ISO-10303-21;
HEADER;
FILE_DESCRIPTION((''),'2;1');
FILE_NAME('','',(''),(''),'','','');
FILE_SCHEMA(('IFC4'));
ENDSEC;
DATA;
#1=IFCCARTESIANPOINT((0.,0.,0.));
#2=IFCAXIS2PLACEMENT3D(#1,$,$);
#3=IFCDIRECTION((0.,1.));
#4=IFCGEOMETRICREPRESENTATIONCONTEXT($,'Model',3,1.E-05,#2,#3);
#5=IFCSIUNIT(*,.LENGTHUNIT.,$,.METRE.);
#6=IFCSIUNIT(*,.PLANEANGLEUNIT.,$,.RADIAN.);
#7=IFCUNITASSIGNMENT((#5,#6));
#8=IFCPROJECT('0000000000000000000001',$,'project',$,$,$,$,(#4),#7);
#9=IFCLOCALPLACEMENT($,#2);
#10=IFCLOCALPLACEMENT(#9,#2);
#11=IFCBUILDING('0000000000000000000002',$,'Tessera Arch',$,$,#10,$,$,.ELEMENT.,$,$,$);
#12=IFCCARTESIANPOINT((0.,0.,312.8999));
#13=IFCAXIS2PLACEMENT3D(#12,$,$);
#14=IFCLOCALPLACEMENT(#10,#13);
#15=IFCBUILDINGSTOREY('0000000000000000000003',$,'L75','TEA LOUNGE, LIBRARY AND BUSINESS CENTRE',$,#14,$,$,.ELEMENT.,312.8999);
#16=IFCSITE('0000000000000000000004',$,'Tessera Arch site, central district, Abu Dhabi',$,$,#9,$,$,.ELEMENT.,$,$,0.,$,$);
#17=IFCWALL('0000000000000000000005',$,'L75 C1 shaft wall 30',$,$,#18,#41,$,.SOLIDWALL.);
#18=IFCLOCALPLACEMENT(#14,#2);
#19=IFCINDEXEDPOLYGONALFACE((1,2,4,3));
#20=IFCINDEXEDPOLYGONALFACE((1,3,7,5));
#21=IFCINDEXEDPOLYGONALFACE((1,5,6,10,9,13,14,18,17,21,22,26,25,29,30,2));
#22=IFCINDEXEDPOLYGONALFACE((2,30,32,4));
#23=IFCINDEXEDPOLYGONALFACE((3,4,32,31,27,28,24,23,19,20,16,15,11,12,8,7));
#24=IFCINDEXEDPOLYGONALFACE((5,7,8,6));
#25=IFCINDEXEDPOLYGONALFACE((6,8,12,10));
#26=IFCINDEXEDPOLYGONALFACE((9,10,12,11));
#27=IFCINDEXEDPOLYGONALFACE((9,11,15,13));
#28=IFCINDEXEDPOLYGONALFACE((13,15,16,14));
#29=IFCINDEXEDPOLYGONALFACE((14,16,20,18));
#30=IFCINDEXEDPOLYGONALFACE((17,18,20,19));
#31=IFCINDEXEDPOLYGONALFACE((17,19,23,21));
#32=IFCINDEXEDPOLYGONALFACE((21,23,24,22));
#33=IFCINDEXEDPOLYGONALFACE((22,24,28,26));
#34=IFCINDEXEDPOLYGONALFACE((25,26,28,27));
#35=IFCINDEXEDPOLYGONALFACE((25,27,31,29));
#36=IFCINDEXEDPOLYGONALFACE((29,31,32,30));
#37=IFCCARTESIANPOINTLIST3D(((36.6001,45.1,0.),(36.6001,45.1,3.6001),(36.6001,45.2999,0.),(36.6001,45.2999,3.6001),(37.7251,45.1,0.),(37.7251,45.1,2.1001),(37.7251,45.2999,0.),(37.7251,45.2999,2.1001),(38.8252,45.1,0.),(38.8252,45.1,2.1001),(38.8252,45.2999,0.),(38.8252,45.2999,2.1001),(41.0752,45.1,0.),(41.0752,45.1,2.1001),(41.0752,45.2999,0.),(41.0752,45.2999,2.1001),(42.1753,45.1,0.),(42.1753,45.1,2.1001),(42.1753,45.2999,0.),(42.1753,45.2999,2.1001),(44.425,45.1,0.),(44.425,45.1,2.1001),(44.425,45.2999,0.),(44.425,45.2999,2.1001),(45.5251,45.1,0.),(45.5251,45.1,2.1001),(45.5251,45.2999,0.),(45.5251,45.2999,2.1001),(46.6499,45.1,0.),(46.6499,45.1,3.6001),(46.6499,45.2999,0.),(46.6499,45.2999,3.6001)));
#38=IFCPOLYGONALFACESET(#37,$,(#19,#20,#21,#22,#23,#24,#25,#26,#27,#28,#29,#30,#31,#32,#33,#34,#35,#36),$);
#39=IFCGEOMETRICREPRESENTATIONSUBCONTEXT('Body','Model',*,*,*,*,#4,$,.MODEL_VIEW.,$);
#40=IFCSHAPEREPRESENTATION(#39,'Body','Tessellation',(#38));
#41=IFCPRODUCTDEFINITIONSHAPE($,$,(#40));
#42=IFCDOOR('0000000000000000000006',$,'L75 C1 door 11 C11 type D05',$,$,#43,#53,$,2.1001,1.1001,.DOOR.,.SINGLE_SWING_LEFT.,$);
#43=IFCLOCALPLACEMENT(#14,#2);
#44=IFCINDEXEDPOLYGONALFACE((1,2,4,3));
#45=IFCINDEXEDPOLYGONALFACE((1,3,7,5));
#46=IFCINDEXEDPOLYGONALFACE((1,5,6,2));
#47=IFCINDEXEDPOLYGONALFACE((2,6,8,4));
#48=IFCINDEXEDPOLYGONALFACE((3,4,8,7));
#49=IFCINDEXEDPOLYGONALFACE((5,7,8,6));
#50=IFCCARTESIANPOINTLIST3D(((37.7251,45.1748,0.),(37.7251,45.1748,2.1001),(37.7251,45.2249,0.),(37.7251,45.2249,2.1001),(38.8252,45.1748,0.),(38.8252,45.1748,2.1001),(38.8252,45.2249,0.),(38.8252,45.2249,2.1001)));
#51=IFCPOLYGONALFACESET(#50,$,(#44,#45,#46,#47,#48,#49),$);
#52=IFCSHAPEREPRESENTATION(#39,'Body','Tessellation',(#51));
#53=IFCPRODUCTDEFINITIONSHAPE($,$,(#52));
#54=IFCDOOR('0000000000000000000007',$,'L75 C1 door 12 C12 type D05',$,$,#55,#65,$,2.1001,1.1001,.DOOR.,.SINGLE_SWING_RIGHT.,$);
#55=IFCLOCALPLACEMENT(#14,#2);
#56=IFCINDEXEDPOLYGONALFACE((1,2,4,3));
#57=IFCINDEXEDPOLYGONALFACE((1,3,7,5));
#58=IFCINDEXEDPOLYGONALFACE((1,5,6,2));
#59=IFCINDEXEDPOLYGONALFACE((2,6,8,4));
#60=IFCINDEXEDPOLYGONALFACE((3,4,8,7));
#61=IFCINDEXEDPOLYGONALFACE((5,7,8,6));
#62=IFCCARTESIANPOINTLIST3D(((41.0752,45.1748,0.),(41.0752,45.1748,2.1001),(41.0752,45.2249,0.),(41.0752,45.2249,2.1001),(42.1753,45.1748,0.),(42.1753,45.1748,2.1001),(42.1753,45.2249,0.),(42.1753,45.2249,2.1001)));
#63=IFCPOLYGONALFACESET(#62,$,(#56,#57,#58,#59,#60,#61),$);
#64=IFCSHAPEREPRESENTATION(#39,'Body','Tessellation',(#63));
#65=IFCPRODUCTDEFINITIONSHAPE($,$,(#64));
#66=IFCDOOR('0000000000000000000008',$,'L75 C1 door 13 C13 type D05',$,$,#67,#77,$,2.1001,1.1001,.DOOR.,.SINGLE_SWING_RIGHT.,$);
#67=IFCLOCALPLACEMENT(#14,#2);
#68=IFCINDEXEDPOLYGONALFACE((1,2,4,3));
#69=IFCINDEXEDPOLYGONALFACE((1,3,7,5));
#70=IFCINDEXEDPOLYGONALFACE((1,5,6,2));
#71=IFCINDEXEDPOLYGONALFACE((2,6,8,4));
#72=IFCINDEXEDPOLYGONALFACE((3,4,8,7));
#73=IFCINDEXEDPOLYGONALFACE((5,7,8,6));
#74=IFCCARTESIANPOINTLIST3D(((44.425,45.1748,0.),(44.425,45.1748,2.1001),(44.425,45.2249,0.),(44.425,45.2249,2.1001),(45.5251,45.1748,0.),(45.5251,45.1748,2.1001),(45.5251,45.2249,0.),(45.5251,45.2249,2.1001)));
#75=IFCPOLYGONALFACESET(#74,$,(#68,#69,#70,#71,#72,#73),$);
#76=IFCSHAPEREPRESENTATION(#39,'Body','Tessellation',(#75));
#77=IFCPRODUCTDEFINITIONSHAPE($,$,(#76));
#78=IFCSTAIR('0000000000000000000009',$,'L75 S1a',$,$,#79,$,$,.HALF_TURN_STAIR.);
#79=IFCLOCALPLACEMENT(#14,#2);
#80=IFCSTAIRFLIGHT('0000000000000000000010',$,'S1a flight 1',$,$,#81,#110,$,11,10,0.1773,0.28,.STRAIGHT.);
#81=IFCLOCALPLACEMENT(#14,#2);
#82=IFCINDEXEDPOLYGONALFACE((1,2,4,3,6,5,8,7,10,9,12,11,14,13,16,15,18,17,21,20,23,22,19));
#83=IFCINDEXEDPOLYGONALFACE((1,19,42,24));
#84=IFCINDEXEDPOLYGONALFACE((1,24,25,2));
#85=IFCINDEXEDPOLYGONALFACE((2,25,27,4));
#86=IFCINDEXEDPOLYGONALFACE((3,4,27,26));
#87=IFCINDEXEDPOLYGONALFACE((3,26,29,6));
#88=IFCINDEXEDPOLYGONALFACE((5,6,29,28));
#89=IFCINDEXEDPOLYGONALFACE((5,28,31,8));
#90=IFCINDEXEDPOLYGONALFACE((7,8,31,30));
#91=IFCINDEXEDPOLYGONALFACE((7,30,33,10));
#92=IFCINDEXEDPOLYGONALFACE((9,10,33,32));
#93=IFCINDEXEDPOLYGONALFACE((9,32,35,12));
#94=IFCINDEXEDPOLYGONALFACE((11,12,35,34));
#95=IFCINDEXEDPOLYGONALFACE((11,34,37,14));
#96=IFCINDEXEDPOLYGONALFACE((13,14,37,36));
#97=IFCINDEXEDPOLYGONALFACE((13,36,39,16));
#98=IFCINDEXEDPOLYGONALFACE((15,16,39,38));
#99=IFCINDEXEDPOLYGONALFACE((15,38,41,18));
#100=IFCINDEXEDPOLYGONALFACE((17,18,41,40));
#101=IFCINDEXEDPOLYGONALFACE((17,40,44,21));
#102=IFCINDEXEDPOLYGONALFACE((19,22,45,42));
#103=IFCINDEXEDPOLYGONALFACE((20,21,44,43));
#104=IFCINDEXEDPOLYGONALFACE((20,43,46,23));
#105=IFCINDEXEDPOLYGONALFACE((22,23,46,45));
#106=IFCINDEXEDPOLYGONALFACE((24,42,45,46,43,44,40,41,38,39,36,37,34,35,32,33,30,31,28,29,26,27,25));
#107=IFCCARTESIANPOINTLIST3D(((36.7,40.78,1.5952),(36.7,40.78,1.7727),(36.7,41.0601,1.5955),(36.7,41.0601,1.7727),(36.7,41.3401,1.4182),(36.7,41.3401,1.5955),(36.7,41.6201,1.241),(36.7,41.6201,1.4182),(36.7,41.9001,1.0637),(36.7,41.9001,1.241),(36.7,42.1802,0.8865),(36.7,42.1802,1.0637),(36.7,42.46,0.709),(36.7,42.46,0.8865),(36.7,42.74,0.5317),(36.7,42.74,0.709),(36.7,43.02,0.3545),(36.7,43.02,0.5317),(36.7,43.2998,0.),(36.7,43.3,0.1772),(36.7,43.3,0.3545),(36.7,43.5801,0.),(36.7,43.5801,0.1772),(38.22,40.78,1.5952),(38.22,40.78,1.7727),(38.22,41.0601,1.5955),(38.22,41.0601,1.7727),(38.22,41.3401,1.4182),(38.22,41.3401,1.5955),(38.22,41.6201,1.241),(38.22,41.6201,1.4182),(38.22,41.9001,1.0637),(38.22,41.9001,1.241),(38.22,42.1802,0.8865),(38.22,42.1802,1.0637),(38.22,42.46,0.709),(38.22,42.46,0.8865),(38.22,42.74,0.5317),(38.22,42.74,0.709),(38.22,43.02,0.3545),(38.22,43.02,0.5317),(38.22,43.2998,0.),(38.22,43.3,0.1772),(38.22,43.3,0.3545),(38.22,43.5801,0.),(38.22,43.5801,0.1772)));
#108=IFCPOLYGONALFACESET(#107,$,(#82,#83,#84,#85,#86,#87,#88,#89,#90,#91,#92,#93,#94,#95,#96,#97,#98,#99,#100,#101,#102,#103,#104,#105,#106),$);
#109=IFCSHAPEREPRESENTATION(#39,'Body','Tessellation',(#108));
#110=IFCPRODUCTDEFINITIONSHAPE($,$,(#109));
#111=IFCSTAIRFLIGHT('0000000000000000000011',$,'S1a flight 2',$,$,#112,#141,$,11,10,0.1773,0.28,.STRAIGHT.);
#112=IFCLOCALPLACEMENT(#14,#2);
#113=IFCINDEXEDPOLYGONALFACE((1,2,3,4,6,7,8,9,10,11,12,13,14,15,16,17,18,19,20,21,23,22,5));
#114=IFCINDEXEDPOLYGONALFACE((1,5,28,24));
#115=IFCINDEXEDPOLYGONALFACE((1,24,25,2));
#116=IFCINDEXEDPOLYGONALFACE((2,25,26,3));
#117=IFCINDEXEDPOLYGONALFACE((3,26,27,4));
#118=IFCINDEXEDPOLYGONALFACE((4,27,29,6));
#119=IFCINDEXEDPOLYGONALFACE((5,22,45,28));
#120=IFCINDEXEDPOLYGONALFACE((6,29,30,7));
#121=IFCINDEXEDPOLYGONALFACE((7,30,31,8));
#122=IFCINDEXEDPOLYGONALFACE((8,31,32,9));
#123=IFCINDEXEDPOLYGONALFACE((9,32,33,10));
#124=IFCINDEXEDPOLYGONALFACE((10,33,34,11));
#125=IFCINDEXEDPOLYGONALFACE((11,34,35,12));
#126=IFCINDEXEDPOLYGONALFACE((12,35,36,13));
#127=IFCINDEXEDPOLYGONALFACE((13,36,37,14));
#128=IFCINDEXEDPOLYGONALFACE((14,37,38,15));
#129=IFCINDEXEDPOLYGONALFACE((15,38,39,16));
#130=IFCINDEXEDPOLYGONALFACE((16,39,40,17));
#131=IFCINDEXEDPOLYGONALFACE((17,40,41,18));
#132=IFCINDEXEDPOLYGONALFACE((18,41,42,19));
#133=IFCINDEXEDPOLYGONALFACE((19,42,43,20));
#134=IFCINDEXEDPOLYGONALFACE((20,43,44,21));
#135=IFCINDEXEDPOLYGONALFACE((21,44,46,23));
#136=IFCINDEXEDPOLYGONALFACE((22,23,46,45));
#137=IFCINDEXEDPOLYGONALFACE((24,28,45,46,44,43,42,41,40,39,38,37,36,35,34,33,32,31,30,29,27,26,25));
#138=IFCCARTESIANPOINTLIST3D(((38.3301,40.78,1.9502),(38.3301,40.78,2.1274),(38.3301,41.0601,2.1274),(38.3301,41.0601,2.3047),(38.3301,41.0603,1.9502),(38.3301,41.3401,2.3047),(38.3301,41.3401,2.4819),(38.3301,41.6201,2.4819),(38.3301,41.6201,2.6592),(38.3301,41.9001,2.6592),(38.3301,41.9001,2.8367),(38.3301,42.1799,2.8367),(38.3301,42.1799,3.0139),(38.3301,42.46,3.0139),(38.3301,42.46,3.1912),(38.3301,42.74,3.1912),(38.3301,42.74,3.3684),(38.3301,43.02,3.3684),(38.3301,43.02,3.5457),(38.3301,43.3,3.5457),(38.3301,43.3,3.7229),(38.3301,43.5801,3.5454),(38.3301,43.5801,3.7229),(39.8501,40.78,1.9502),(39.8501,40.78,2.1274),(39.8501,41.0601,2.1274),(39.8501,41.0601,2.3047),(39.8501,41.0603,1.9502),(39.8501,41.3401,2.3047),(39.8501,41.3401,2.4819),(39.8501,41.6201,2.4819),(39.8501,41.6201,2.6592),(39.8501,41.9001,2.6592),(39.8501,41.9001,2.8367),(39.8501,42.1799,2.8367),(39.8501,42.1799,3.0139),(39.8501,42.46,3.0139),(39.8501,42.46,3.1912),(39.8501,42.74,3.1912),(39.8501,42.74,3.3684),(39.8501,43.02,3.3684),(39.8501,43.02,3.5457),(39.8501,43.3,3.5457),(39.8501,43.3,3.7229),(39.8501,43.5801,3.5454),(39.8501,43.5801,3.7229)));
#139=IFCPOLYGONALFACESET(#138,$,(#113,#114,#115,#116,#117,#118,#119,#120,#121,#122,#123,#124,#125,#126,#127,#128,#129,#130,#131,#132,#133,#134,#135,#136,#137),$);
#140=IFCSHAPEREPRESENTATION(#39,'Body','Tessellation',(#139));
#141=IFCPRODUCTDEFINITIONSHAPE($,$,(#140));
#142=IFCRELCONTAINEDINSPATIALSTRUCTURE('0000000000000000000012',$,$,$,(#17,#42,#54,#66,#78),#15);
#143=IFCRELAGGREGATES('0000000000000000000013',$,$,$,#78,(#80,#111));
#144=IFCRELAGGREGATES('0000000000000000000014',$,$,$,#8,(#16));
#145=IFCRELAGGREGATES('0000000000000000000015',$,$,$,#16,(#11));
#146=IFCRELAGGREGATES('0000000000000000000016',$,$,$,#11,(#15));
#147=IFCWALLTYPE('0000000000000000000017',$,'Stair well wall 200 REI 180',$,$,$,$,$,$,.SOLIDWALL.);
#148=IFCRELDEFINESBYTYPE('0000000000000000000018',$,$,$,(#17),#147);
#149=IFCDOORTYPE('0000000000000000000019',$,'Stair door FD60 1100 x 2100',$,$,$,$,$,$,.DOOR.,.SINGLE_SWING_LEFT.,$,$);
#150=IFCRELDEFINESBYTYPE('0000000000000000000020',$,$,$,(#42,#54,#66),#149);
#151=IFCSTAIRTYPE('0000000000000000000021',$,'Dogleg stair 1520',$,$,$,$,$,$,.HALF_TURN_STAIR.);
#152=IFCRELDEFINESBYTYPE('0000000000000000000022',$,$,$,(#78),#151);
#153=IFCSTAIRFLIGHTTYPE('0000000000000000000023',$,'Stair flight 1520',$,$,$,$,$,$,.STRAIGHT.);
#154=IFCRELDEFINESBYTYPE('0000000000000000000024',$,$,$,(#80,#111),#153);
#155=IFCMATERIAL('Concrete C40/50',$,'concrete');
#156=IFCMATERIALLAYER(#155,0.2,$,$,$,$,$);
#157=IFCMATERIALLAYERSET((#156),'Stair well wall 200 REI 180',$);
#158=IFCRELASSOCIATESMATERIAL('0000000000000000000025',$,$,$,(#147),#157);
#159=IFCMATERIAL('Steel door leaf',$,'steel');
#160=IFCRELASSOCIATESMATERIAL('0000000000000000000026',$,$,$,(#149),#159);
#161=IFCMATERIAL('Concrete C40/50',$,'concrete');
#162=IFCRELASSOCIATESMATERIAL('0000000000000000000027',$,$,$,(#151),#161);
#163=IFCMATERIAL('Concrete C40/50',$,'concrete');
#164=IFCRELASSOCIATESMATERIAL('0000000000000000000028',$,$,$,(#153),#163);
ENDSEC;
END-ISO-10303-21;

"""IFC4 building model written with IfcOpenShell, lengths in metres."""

from ifc_helpers import new_model, si_unit, direction, frame, frame_2d, origin, place, context, subcontext, project, spatial, polyline, rectangle, outline, extrude, material, layer, layer_set, type_object, element, fill, aggregate, save


model = new_model("IFC4")

# Units and contexts
model_context = context("Model", 3, precision=1e-05, world=origin(), true_north=direction((0.0, 1.0)))
body_context = subcontext(model_context, "Body", "Model", "MODEL_VIEW")
ifc_project = project(units=[si_unit("LENGTHUNIT", "METRE"), si_unit("PLANEANGLEUNIT", "RADIAN")], contexts=[model_context])

# Site, building, storey
site_placement = place(None, origin())
site = spatial("IfcSite", under=ifc_project, at=site_placement, Name="Tessera Arch site, central district, Abu Dhabi", CompositionType="ELEMENT", RefElevation=0.0)
building_placement = place(site_placement, origin())
building = spatial("IfcBuilding", under=site, at=building_placement, Name="Tessera Arch", CompositionType="ELEMENT")
storey_placement = place(building_placement, frame((0.0, 0.0, 312.8999)))
storey = spatial("IfcBuildingStorey", under=building, at=storey_placement, Name="L75", Description="TEA LOUNGE, LIBRARY AND BUSINESS CENTRE", CompositionType="ELEMENT", Elevation=312.8999)

# Shared definitions
ifc_material_1 = material(Name="Concrete C40/50", Category="concrete")
ifc_layer_1 = layer(ifc_material_1, 0.2)
ifc_layer_set_1 = layer_set([ifc_layer_1], Name="Stair well wall 200 REI 180")
wall_type_1 = type_object("IfcWallType", Name="Stair well wall 200 REI 180", PredefinedType="SOLIDWALL", material=ifc_layer_set_1)

# Wall, openings, doors
wall_1_placement = place(storey_placement, frame((36.6001, 45.2, 0.0), z_axis=(0.0, 0.0, 1.0), x_axis=(1.0, 0.0, 0.0)))
wall_1 = element("IfcWall", 1, at=wall_1_placement, inside=storey, type_object=wall_type_1, Name="L75 C1 shaft wall 30", PredefinedType="SOLIDWALL", context=body_context, shape_type="SweptSolid", body=[
    extrude(rectangle(XDim=10.0498, YDim=0.2, at=frame_2d((5.0249, 0.0))), origin(), (0.0, 0.0, 1.0), 3.6001),
])
opening_1_placement = place(wall_1_placement, frame((1.125, 0.0, 0.0)))
opening_1 = element("IfcOpeningElement", 2, at=opening_1_placement, cuts=wall_1, PredefinedType="OPENING", context=body_context, shape_type="SweptSolid", body=[
    extrude(rectangle(XDim=1.1001, YDim=2.1001, at=frame_2d((0.55, 1.05))), frame((0.0, 0.1099, 0.0), z_axis=(0.0, -1.0, 0.0), x_axis=(1.0, 0.0, 0.0)), (0.0, 0.0, 1.0), 0.22),
])
opening_2_placement = place(wall_1_placement, frame((4.4751, 0.0, 0.0)))
opening_2 = element("IfcOpeningElement", 3, at=opening_2_placement, cuts=wall_1, PredefinedType="OPENING", context=body_context, shape_type="SweptSolid", body=[
    extrude(rectangle(XDim=1.1001, YDim=2.1001, at=frame_2d((0.55, 1.05))), frame((0.0, 0.1099, 0.0), z_axis=(0.0, -1.0, 0.0), x_axis=(1.0, 0.0, 0.0)), (0.0, 0.0, 1.0), 0.22),
])
opening_3_placement = place(wall_1_placement, frame((7.825, 0.0, 0.0)))
opening_3 = element("IfcOpeningElement", 4, at=opening_3_placement, cuts=wall_1, PredefinedType="OPENING", context=body_context, shape_type="SweptSolid", body=[
    extrude(rectangle(XDim=1.1001, YDim=2.1001, at=frame_2d((0.55, 1.05))), frame((0.0, 0.1099, 0.0), z_axis=(0.0, -1.0, 0.0), x_axis=(1.0, 0.0, 0.0)), (0.0, 0.0, 1.0), 0.22),
])
ifc_material_2 = material(Name="Steel door leaf", Category="steel")
door_type_1 = type_object("IfcDoorType", Name="Stair door FD60 1100 x 2100", OperationType="SINGLE_SWING_LEFT", PredefinedType="DOOR", material=ifc_material_2)
door_1_placement = place(opening_1_placement, origin())
door_1 = element("IfcDoor", 5, at=door_1_placement, inside=storey, type_object=door_type_1, Name="L75 C1 door 11 C11 type D05", OperationType="SINGLE_SWING_LEFT", OverallHeight=2.1001, OverallWidth=1.1001, PredefinedType="DOOR", context=body_context, shape_type="SweptSolid", body=[
    extrude(rectangle(XDim=1.1001, YDim=2.1001, at=frame_2d((0.55, 1.05))), frame((0.0, 0.0249, 0.0), z_axis=(0.0, -1.0, 0.0), x_axis=(1.0, 0.0, 0.0)), (0.0, 0.0, 1.0), 0.05),
])
fill(opening_1, door_1)
door_2_placement = place(opening_2_placement, origin())
door_2 = element("IfcDoor", 6, at=door_2_placement, inside=storey, type_object=door_type_1, Name="L75 C1 door 12 C12 type D05", OperationType="SINGLE_SWING_RIGHT", OverallHeight=2.1001, OverallWidth=1.1001, PredefinedType="DOOR", context=body_context, shape_type="SweptSolid", body=[
    extrude(rectangle(XDim=1.1001, YDim=2.1001, at=frame_2d((0.55, 1.05))), frame((0.0, 0.0249, 0.0), z_axis=(0.0, -1.0, 0.0), x_axis=(1.0, 0.0, 0.0)), (0.0, 0.0, 1.0), 0.05),
])
fill(opening_2, door_2)
door_3_placement = place(opening_3_placement, origin())
door_3 = element("IfcDoor", 7, at=door_3_placement, inside=storey, type_object=door_type_1, Name="L75 C1 door 13 C13 type D05", OperationType="SINGLE_SWING_RIGHT", OverallHeight=2.1001, OverallWidth=1.1001, PredefinedType="DOOR", context=body_context, shape_type="SweptSolid", body=[
    extrude(rectangle(XDim=1.1001, YDim=2.1001, at=frame_2d((0.55, 1.05))), frame((0.0, 0.0249, 0.0), z_axis=(0.0, -1.0, 0.0), x_axis=(1.0, 0.0, 0.0)), (0.0, 0.0, 1.0), 0.05),
])
fill(opening_3, door_3)

# Stair, stair flights
ifc_material_3 = material(Name="Concrete C40/50", Category="concrete")
stair_type = type_object("IfcStairType", Name="Dogleg stair 1520", PredefinedType="HALF_TURN_STAIR", material=ifc_material_3)
stair_placement = place(storey_placement, origin())
stair = element("IfcStair", 8, at=stair_placement, inside=storey, type_object=stair_type, Name="L75 S1a", PredefinedType="HALF_TURN_STAIR")
ifc_material_4 = material(Name="Concrete C40/50", Category="concrete")
stair_flight_type = type_object("IfcStairFlightType", Name="Stair flight 1520", PredefinedType="STRAIGHT", material=ifc_material_4)
stair_flight_1_placement = place(storey_placement, frame((37.46, 43.5801, 0.0), z_axis=(0.0, 0.0, 1.0), x_axis=(0.0, -1.0, 0.0)))
stair_flight_1 = element("IfcStairFlight", 9, at=stair_flight_1_placement, type_object=stair_flight_type, Name="S1a flight 1", NumberOfRisers=11, NumberOfTreads=10, PredefinedType="STRAIGHT", RiserHeight=0.1773, TreadLength=0.28, context=body_context, shape_type="SweptSolid", body=[
    extrude(outline(polyline([(0.0, 0.0), (0.0, 0.1772), (0.28, 0.1772), (0.28, 0.3545), (0.5601, 0.3545), (0.5601, 0.5317), (0.8401, 0.5317), (0.8401, 0.709), (1.1201, 0.709), (1.1201, 0.8865), (1.3999, 0.8865), (1.3999, 1.0637), (1.6799, 1.0637), (1.6799, 1.241), (1.96, 1.241), (1.96, 1.4182), (2.24, 1.4182), (2.24, 1.5955), (2.52, 1.5955), (2.52, 1.7727), (2.8, 1.7727), (2.8, 1.95), (2.8, 1.5952), (0.2803, 0.0), (0.0, 0.0)])), frame((0.0, 0.76, 0.0), z_axis=(0.0, -1.0, 0.0), x_axis=(1.0, 0.0, 0.0)), (0.0, 0.0, 1.0), 1.52),
])
stair_flight_2_placement = place(storey_placement, frame((39.0901, 40.78, 1.9502), z_axis=(0.0, 0.0, 1.0), x_axis=(0.0, 1.0, 0.0)))
stair_flight_2 = element("IfcStairFlight", 10, at=stair_flight_2_placement, type_object=stair_flight_type, Name="S1a flight 2", NumberOfRisers=11, NumberOfTreads=10, PredefinedType="STRAIGHT", RiserHeight=0.1773, TreadLength=0.28, context=body_context, shape_type="SweptSolid", body=[
    extrude(outline(polyline([(0.0, 0.0), (0.0, 0.1772), (0.28, 0.1772), (0.28, 0.3545), (0.5601, 0.3545), (0.5601, 0.5317), (0.8401, 0.5317), (0.8401, 0.709), (1.1201, 0.709), (1.1201, 0.8865), (1.3999, 0.8865), (1.3999, 1.0637), (1.6799, 1.0637), (1.6799, 1.241), (1.96, 1.241), (1.96, 1.4182), (2.24, 1.4182), (2.24, 1.5955), (2.52, 1.5955), (2.52, 1.7727), (2.8, 1.7727), (2.8, 1.95), (2.8, 1.5952), (0.2803, 0.0), (0.0, 0.0)])), frame((0.0, 0.76, 0.0), z_axis=(0.0, -1.0, 0.0), x_axis=(1.0, 0.0, 0.0)), (0.0, 0.0, 1.0), 1.52),
])
aggregate(stair, [stair_flight_1, stair_flight_2])

save(model, "model.ifc")
